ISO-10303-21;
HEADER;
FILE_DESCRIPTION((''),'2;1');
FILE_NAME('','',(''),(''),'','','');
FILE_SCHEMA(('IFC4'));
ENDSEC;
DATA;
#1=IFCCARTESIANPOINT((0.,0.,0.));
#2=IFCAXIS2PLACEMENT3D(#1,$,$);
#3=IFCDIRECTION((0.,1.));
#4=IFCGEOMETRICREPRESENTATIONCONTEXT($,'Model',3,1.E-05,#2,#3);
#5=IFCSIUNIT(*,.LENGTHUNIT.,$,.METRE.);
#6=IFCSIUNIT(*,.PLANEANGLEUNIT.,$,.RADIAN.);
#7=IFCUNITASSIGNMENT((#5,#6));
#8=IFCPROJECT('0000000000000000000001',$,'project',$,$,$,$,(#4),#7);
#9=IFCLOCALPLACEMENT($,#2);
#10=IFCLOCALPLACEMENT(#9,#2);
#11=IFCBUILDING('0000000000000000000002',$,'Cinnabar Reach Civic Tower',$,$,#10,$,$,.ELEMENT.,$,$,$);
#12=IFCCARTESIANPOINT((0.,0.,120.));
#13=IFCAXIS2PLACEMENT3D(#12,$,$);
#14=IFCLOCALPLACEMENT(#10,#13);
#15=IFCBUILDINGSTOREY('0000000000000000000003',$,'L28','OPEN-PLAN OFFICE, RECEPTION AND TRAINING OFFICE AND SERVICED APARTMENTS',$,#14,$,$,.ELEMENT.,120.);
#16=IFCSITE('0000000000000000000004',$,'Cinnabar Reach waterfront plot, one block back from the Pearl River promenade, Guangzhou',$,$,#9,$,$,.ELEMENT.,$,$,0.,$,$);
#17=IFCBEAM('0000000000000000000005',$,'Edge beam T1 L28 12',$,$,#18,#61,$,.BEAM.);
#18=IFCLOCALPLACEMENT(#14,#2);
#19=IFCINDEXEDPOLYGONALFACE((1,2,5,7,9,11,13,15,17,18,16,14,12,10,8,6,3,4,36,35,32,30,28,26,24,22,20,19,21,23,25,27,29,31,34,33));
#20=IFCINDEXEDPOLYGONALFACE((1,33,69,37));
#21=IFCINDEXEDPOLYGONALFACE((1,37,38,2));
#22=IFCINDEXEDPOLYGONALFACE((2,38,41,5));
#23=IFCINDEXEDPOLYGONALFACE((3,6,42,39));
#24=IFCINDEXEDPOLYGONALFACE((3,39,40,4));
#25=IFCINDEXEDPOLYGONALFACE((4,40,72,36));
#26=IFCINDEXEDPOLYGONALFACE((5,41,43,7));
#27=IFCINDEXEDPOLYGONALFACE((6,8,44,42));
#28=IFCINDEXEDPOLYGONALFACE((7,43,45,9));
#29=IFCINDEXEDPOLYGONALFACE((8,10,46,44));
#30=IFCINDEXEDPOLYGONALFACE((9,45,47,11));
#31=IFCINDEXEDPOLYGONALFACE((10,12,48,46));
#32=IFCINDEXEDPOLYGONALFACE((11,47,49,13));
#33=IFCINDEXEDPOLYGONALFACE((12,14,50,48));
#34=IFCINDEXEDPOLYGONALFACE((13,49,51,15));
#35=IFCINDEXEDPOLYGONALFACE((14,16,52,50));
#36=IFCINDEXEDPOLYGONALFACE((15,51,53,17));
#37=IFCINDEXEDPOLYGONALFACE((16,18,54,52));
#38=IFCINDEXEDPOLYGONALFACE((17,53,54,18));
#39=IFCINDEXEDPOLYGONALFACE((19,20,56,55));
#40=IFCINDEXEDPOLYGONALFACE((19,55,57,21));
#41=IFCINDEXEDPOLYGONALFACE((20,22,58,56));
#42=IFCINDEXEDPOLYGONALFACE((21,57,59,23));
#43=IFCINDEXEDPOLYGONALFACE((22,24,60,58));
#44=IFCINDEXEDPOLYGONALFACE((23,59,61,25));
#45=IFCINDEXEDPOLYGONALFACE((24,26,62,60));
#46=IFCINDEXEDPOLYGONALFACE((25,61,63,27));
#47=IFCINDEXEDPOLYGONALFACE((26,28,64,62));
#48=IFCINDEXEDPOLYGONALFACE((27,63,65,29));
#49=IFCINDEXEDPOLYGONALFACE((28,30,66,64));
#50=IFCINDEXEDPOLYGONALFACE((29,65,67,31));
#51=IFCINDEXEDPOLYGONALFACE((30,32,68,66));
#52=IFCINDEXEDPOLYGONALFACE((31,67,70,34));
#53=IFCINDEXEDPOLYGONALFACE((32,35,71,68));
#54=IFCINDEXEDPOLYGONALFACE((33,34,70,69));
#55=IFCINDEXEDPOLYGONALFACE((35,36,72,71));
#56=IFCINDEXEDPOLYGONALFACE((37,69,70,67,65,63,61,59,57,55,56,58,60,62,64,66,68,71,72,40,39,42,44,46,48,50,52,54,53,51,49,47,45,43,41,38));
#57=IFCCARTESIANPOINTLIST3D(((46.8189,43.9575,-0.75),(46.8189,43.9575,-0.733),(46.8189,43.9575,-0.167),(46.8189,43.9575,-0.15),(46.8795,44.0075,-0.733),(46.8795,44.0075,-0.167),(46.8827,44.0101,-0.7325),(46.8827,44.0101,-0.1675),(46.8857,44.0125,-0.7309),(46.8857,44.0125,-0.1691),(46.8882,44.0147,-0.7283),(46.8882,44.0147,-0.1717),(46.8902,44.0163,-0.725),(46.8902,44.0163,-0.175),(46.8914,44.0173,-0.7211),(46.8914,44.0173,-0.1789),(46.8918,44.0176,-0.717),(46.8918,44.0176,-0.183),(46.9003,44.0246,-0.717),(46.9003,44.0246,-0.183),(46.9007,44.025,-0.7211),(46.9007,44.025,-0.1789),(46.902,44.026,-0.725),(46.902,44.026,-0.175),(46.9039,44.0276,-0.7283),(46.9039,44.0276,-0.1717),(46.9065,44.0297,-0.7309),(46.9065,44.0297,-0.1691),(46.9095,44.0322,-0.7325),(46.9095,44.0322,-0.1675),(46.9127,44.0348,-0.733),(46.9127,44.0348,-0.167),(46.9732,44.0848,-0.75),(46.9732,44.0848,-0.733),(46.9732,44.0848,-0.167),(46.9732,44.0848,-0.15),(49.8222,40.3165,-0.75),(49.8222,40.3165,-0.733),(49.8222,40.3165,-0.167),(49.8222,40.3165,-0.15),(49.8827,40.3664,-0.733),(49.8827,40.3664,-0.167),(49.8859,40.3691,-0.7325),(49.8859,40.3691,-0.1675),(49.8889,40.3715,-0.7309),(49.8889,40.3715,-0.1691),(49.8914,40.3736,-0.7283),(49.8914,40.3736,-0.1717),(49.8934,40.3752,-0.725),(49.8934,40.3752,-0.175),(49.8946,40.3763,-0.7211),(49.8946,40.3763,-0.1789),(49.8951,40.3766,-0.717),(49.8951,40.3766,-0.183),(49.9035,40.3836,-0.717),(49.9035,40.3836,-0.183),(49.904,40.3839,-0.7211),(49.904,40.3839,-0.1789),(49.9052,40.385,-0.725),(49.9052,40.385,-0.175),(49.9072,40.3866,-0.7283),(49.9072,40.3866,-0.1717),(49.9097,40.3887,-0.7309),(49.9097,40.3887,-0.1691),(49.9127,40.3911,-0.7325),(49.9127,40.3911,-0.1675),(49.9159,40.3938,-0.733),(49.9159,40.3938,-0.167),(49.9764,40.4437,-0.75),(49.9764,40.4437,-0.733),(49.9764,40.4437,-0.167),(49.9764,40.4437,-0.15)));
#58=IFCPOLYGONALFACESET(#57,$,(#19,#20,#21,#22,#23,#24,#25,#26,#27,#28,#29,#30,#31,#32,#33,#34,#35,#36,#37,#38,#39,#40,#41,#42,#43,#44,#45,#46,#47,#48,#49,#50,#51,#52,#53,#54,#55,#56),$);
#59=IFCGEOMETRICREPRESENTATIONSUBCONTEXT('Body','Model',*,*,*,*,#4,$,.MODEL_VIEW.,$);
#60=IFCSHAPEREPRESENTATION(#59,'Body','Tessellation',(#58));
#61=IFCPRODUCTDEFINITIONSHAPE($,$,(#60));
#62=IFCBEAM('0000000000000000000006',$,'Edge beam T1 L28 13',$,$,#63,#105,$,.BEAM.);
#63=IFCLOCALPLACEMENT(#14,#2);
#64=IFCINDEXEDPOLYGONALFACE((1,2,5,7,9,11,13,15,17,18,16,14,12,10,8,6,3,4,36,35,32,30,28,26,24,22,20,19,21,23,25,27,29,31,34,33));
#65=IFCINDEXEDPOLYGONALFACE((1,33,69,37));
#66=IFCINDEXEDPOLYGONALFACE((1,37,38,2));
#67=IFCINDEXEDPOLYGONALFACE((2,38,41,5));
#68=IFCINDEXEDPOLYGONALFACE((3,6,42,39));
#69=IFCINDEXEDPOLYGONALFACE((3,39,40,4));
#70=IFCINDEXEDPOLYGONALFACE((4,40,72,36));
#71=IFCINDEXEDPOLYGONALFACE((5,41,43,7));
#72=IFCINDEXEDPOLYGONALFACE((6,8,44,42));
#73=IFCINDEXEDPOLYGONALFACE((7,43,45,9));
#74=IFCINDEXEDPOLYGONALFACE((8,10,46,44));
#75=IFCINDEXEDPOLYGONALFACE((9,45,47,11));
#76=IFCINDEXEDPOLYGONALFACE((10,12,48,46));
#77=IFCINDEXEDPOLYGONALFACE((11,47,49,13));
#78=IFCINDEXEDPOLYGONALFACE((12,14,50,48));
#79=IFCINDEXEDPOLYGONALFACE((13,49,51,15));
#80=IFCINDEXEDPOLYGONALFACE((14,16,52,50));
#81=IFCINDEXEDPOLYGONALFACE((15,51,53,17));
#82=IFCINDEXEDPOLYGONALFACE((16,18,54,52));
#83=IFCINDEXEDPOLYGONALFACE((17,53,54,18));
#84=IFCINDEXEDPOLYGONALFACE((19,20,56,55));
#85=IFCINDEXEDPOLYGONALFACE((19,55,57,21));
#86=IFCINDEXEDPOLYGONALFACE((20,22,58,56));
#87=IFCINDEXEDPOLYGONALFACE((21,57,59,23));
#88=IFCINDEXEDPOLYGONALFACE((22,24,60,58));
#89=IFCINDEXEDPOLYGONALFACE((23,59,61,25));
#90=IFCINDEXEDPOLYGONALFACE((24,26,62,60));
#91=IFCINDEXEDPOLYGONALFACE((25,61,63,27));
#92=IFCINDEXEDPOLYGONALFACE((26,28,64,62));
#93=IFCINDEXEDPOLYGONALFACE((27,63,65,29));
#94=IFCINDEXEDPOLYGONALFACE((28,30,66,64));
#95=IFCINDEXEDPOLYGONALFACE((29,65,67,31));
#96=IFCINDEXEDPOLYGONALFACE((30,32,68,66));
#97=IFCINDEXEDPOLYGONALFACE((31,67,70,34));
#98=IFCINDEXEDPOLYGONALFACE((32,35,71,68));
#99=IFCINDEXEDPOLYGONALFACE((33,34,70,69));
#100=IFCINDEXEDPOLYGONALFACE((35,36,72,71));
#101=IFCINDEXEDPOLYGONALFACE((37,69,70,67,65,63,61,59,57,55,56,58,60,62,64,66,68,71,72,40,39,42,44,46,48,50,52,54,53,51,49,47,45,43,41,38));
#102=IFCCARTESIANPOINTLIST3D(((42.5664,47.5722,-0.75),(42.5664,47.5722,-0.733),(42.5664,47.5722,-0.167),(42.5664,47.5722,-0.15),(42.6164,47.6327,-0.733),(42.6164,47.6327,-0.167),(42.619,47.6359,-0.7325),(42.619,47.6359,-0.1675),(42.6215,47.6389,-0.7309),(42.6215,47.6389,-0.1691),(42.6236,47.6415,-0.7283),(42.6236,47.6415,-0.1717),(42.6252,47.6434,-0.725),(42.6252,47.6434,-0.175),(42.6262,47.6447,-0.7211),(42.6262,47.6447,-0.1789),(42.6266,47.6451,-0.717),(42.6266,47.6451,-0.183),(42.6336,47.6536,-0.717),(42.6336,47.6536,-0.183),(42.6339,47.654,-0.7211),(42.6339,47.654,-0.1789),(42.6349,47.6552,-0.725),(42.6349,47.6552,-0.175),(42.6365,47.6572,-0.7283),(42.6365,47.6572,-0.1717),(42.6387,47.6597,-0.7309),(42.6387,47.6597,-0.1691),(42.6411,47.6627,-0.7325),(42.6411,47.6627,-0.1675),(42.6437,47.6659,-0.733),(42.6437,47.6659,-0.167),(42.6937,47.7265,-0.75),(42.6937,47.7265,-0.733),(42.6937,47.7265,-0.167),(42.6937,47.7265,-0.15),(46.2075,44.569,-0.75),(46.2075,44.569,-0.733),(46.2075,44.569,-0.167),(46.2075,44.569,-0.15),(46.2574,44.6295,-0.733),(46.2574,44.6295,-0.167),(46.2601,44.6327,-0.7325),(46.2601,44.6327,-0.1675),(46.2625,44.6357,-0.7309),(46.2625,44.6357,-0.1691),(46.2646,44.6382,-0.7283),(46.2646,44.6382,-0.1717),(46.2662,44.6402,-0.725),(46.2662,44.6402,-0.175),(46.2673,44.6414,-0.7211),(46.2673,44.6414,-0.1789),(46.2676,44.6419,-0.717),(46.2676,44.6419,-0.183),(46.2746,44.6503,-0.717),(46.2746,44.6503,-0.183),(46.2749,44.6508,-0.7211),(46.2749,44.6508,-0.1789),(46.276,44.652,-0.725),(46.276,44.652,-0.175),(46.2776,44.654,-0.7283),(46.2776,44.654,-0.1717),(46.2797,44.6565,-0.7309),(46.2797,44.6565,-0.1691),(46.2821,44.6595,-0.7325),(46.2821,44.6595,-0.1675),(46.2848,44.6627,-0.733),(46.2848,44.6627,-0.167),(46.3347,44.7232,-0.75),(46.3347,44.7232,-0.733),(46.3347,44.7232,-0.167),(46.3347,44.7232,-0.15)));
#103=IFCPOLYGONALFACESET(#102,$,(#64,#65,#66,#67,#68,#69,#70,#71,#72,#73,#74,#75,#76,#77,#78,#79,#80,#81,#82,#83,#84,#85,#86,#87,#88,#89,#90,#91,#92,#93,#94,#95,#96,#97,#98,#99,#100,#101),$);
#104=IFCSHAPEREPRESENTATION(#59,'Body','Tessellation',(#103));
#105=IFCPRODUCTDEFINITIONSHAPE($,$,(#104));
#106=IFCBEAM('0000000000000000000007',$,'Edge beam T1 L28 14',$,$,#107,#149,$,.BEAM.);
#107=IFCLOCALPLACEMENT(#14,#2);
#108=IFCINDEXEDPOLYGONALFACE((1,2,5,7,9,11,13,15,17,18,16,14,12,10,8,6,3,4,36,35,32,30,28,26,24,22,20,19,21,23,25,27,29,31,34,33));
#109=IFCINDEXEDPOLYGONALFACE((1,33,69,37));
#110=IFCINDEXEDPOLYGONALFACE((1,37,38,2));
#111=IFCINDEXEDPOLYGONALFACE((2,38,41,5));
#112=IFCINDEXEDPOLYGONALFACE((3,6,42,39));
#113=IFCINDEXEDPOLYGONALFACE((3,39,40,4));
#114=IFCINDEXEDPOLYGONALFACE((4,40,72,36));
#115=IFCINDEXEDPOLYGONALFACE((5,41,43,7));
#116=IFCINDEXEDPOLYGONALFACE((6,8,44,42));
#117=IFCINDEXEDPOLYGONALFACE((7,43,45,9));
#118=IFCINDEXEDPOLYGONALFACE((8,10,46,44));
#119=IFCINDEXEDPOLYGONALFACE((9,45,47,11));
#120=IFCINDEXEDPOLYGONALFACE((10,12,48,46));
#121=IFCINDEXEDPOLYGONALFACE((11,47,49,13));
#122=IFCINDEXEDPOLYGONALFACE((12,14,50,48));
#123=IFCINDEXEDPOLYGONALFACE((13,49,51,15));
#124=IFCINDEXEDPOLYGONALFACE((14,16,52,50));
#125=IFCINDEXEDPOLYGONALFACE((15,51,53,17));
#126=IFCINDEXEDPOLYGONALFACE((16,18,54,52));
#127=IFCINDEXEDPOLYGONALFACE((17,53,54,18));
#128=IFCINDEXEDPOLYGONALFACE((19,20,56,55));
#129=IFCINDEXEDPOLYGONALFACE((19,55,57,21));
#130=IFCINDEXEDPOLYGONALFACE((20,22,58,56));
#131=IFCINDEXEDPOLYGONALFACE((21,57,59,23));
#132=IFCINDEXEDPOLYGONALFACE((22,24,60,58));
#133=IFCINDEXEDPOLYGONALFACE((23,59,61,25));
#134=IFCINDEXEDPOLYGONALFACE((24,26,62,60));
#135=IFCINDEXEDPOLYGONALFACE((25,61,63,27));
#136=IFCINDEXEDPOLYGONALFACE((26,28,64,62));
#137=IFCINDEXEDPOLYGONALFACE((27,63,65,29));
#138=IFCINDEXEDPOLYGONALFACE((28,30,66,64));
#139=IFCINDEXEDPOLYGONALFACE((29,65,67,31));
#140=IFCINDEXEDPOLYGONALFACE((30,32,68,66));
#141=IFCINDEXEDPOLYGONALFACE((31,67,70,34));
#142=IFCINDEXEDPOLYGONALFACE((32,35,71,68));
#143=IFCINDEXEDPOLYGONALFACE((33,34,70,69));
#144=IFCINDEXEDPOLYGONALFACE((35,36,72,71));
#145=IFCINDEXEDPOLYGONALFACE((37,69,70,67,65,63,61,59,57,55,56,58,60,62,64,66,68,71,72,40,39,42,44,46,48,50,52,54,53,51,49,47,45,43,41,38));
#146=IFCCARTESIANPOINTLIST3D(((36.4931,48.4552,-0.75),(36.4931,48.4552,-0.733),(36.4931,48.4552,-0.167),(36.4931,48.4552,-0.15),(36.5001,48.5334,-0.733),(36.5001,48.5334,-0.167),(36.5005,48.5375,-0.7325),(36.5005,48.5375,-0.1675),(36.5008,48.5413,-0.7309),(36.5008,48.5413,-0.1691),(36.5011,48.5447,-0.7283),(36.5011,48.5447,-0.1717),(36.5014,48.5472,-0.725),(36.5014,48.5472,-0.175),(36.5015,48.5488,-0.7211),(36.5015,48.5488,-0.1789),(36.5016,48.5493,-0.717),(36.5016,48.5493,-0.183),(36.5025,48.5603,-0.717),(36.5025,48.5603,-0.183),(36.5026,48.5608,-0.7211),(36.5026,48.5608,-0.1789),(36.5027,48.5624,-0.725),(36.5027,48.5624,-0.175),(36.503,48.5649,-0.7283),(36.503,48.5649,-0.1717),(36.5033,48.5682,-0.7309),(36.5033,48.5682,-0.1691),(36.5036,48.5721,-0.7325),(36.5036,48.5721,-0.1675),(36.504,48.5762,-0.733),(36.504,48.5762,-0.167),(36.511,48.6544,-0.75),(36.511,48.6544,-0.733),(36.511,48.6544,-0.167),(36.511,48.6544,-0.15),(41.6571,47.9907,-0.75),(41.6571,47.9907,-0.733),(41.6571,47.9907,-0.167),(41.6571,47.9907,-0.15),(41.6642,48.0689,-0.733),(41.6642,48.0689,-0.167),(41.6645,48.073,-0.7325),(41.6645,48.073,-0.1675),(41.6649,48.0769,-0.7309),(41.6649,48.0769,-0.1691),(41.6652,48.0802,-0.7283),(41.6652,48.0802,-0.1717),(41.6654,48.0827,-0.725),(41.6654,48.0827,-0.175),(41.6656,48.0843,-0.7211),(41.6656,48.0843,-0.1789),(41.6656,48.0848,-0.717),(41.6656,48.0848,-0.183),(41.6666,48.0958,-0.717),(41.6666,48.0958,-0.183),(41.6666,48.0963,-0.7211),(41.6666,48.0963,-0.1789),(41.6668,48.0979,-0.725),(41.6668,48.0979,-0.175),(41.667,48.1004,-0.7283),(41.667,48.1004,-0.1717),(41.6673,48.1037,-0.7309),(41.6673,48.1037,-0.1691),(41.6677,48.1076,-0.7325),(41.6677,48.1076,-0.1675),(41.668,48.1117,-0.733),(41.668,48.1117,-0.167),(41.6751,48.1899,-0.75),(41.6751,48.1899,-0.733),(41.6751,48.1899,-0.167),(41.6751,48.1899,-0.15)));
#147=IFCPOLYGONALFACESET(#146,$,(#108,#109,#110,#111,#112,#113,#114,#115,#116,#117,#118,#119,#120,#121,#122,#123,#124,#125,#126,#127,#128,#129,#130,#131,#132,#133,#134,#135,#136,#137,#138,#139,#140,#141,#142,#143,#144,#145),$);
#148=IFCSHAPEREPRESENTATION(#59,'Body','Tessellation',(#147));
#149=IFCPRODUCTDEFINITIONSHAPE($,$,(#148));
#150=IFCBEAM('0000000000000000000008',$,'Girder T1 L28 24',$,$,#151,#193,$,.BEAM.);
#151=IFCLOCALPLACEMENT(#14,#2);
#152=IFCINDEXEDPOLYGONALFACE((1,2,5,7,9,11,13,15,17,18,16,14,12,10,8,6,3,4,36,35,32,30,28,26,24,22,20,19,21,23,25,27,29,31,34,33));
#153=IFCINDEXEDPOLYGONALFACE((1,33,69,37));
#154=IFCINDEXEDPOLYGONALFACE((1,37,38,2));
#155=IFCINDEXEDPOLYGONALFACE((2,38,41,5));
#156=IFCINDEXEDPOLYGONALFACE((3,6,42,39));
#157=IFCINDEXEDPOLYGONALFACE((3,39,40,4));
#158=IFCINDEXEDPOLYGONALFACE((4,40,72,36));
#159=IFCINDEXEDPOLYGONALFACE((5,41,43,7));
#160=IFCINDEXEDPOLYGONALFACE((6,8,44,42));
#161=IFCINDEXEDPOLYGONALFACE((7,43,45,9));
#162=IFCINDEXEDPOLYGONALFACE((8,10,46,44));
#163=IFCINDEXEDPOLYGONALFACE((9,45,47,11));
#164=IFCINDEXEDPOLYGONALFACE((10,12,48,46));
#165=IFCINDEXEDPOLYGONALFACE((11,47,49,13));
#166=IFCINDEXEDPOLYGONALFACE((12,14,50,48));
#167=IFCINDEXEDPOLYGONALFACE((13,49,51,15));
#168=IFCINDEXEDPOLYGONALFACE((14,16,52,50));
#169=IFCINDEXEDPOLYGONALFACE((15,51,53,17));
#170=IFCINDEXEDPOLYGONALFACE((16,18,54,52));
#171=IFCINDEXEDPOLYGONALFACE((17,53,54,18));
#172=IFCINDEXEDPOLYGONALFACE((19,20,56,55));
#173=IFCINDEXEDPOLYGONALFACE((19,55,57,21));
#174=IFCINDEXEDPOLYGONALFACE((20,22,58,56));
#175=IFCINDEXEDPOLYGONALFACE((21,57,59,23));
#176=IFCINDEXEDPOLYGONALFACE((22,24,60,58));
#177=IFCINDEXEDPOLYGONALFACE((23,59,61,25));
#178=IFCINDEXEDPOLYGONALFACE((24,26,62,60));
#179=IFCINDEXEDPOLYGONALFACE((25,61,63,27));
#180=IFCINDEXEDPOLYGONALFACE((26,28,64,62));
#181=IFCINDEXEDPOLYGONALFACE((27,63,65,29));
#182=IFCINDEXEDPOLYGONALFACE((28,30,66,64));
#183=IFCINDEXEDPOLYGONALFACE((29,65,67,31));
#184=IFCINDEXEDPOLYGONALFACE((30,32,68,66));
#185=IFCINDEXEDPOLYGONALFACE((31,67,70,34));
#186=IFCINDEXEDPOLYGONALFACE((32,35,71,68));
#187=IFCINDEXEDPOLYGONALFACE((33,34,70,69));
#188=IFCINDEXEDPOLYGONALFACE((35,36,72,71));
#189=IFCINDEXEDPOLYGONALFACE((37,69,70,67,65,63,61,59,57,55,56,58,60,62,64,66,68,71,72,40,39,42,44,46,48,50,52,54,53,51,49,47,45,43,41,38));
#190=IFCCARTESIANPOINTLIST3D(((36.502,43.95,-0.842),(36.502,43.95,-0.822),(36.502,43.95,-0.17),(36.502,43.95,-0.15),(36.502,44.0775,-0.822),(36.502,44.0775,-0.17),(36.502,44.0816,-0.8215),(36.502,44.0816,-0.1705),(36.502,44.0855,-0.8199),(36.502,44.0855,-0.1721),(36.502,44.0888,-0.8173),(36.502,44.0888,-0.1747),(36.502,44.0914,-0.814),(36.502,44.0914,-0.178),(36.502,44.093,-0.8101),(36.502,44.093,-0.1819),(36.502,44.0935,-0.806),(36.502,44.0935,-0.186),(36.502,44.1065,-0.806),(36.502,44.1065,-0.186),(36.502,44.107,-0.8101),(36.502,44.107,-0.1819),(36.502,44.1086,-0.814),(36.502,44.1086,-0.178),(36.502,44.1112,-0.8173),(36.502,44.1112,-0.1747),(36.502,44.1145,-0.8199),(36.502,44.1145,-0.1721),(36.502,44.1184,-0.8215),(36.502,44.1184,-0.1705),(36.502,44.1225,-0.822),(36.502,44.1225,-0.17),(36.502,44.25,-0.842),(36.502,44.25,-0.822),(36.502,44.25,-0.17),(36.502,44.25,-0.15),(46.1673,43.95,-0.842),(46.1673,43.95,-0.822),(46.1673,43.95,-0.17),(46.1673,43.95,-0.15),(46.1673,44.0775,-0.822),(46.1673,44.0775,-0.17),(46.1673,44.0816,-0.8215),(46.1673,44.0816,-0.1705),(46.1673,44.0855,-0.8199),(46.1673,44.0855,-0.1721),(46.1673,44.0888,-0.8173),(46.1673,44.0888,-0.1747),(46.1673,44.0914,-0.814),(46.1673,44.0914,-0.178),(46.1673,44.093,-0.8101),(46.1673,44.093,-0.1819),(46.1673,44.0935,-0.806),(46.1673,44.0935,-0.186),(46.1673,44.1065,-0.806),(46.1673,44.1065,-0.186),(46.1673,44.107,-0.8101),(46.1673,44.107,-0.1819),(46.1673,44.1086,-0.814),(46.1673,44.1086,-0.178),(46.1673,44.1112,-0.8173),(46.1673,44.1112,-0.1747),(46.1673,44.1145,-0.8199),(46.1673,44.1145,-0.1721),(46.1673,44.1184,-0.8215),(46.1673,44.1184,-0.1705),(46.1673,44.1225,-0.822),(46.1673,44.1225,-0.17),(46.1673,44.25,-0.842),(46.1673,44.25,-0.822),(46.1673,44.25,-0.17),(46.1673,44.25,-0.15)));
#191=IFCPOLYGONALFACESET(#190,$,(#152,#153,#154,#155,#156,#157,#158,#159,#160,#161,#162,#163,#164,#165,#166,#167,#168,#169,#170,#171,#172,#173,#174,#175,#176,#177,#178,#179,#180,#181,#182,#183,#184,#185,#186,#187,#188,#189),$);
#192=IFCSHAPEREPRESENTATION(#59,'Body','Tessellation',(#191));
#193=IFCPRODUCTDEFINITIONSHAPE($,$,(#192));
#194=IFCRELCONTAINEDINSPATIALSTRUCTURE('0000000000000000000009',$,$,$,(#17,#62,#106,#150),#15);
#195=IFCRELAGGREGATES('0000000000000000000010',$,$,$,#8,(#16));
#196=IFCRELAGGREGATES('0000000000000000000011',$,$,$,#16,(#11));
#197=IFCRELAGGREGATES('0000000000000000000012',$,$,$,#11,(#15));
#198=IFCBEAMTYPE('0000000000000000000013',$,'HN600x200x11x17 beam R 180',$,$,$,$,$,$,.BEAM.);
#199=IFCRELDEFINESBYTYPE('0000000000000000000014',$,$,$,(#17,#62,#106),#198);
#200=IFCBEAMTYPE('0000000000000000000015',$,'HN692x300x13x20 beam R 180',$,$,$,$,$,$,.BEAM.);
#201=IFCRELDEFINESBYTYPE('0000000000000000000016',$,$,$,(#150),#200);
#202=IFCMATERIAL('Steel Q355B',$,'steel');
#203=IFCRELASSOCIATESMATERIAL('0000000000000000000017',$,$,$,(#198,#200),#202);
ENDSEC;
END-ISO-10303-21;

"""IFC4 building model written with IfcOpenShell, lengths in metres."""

from ifc_helpers import new_model, si_unit, direction, frame, origin, origin_2d, place, context, subcontext, project, spatial, i_section, extrude, material, material_profile, profile_set, type_object, element, save


model = new_model("IFC4")

# Units and contexts
model_context = context("Model", 3, precision=1e-05, world=origin(), true_north=direction((0.0, 1.0)))
body_context = subcontext(model_context, "Body", "Model", "MODEL_VIEW")
ifc_project = project(units=[si_unit("LENGTHUNIT", "METRE"), si_unit("PLANEANGLEUNIT", "RADIAN")], contexts=[model_context])

# Site, building, storey
site_placement = place(None, origin())
site = spatial("IfcSite", under=ifc_project, at=site_placement, Name="Cinnabar Reach waterfront plot, one block back from the Pearl River promenade, Guangzhou", CompositionType="ELEMENT", RefElevation=0.0)
building_placement = place(site_placement, origin())
building = spatial("IfcBuilding", under=site, at=building_placement, Name="Cinnabar Reach Civic Tower", CompositionType="ELEMENT")
storey_placement = place(building_placement, frame((0.0, 0.0, 120.0)))
storey = spatial("IfcBuildingStorey", under=building, at=storey_placement, Name="L28", Description="OPEN-PLAN OFFICE, RECEPTION AND TRAINING OFFICE AND SERVICED APARTMENTS", CompositionType="ELEMENT", Elevation=120.0)

# Beams
ifc_material_1 = material(Name="Steel Q355B", Category="steel")
ifc_material_profile_1 = material_profile(ifc_material_1, i_section(OverallWidth=0.2, OverallDepth=0.6, WebThickness=0.011, FlangeThickness=0.017, FilletRadius=0.016, at=origin_2d()), Name="HN600x200x11x17")
ifc_profile_set_1 = profile_set([ifc_material_profile_1], Name="Steel Q355B")
beam_type_1 = type_object("IfcBeamType", Name="HN600x200x11x17 beam R 180", PredefinedType="BEAM", material=ifc_profile_set_1)
for number, where, z_axis, x_axis, name in (
    (1, (49.8993, 40.3801, -0.45), (-0.636304, 0.771438, 0.0), (-0.771438, -0.636304, 0.0), "Edge beam T1 L28 12"),
    (2, (46.2711, 44.6461, -0.45), (-0.771438, 0.636304, 0.0), (-0.636304, -0.771438, 0.0), "Edge beam T1 L28 13"),
):
    element("IfcBeam", number, at=place(storey_placement, frame(where, z_axis=z_axis, x_axis=x_axis)), inside=storey, type_object=beam_type_1, Name=name, PredefinedType="BEAM", context=body_context, shape_type="SweptSolid", body=[
        extrude(i_section(OverallWidth=0.2, OverallDepth=0.6, WebThickness=0.011, FlangeThickness=0.017, FilletRadius=0.016, at=origin_2d()), origin(), (0.0, 0.0, 1.0), 4.7198),
    ])
beam_1_placement = place(storey_placement, frame((41.6661, 48.0903, -0.45), z_axis=(-0.995979, 0.089586, 0.0), x_axis=(-0.089586, -0.995979, 0.0)))
element("IfcBeam", 3, at=beam_1_placement, inside=storey, type_object=beam_type_1, Name="Edge beam T1 L28 14", PredefinedType="BEAM", context=body_context, shape_type="SweptSolid", body=[
    extrude(i_section(OverallWidth=0.2, OverallDepth=0.6, WebThickness=0.011, FlangeThickness=0.017, FilletRadius=0.016, at=origin_2d()), origin(), (0.0, 0.0, 1.0), 5.1849),
])
ifc_material_profile_2 = material_profile(ifc_material_1, i_section(OverallWidth=0.3, OverallDepth=0.692, WebThickness=0.013, FlangeThickness=0.02, FilletRadius=0.016, at=origin_2d()), Name="HN692x300x13x20")
ifc_profile_set_2 = profile_set([ifc_material_profile_2], Name="Steel Q355B")
beam_type_2 = type_object("IfcBeamType", Name="HN692x300x13x20 beam R 180", PredefinedType="BEAM", material=ifc_profile_set_2)
beam_2_placement = place(storey_placement, frame((36.502, 44.1, -0.496), z_axis=(1.0, 0.0, 0.0), x_axis=(0.0, 1.0, 0.0)))
element("IfcBeam", 4, at=beam_2_placement, inside=storey, type_object=beam_type_2, Name="Girder T1 L28 24", PredefinedType="BEAM", context=body_context, shape_type="SweptSolid", body=[
    extrude(i_section(OverallWidth=0.3, OverallDepth=0.692, WebThickness=0.013, FlangeThickness=0.02, FilletRadius=0.016, at=origin_2d()), origin(), (0.0, 0.0, 1.0), 9.6653),
])

save(model, "model.ifc")
